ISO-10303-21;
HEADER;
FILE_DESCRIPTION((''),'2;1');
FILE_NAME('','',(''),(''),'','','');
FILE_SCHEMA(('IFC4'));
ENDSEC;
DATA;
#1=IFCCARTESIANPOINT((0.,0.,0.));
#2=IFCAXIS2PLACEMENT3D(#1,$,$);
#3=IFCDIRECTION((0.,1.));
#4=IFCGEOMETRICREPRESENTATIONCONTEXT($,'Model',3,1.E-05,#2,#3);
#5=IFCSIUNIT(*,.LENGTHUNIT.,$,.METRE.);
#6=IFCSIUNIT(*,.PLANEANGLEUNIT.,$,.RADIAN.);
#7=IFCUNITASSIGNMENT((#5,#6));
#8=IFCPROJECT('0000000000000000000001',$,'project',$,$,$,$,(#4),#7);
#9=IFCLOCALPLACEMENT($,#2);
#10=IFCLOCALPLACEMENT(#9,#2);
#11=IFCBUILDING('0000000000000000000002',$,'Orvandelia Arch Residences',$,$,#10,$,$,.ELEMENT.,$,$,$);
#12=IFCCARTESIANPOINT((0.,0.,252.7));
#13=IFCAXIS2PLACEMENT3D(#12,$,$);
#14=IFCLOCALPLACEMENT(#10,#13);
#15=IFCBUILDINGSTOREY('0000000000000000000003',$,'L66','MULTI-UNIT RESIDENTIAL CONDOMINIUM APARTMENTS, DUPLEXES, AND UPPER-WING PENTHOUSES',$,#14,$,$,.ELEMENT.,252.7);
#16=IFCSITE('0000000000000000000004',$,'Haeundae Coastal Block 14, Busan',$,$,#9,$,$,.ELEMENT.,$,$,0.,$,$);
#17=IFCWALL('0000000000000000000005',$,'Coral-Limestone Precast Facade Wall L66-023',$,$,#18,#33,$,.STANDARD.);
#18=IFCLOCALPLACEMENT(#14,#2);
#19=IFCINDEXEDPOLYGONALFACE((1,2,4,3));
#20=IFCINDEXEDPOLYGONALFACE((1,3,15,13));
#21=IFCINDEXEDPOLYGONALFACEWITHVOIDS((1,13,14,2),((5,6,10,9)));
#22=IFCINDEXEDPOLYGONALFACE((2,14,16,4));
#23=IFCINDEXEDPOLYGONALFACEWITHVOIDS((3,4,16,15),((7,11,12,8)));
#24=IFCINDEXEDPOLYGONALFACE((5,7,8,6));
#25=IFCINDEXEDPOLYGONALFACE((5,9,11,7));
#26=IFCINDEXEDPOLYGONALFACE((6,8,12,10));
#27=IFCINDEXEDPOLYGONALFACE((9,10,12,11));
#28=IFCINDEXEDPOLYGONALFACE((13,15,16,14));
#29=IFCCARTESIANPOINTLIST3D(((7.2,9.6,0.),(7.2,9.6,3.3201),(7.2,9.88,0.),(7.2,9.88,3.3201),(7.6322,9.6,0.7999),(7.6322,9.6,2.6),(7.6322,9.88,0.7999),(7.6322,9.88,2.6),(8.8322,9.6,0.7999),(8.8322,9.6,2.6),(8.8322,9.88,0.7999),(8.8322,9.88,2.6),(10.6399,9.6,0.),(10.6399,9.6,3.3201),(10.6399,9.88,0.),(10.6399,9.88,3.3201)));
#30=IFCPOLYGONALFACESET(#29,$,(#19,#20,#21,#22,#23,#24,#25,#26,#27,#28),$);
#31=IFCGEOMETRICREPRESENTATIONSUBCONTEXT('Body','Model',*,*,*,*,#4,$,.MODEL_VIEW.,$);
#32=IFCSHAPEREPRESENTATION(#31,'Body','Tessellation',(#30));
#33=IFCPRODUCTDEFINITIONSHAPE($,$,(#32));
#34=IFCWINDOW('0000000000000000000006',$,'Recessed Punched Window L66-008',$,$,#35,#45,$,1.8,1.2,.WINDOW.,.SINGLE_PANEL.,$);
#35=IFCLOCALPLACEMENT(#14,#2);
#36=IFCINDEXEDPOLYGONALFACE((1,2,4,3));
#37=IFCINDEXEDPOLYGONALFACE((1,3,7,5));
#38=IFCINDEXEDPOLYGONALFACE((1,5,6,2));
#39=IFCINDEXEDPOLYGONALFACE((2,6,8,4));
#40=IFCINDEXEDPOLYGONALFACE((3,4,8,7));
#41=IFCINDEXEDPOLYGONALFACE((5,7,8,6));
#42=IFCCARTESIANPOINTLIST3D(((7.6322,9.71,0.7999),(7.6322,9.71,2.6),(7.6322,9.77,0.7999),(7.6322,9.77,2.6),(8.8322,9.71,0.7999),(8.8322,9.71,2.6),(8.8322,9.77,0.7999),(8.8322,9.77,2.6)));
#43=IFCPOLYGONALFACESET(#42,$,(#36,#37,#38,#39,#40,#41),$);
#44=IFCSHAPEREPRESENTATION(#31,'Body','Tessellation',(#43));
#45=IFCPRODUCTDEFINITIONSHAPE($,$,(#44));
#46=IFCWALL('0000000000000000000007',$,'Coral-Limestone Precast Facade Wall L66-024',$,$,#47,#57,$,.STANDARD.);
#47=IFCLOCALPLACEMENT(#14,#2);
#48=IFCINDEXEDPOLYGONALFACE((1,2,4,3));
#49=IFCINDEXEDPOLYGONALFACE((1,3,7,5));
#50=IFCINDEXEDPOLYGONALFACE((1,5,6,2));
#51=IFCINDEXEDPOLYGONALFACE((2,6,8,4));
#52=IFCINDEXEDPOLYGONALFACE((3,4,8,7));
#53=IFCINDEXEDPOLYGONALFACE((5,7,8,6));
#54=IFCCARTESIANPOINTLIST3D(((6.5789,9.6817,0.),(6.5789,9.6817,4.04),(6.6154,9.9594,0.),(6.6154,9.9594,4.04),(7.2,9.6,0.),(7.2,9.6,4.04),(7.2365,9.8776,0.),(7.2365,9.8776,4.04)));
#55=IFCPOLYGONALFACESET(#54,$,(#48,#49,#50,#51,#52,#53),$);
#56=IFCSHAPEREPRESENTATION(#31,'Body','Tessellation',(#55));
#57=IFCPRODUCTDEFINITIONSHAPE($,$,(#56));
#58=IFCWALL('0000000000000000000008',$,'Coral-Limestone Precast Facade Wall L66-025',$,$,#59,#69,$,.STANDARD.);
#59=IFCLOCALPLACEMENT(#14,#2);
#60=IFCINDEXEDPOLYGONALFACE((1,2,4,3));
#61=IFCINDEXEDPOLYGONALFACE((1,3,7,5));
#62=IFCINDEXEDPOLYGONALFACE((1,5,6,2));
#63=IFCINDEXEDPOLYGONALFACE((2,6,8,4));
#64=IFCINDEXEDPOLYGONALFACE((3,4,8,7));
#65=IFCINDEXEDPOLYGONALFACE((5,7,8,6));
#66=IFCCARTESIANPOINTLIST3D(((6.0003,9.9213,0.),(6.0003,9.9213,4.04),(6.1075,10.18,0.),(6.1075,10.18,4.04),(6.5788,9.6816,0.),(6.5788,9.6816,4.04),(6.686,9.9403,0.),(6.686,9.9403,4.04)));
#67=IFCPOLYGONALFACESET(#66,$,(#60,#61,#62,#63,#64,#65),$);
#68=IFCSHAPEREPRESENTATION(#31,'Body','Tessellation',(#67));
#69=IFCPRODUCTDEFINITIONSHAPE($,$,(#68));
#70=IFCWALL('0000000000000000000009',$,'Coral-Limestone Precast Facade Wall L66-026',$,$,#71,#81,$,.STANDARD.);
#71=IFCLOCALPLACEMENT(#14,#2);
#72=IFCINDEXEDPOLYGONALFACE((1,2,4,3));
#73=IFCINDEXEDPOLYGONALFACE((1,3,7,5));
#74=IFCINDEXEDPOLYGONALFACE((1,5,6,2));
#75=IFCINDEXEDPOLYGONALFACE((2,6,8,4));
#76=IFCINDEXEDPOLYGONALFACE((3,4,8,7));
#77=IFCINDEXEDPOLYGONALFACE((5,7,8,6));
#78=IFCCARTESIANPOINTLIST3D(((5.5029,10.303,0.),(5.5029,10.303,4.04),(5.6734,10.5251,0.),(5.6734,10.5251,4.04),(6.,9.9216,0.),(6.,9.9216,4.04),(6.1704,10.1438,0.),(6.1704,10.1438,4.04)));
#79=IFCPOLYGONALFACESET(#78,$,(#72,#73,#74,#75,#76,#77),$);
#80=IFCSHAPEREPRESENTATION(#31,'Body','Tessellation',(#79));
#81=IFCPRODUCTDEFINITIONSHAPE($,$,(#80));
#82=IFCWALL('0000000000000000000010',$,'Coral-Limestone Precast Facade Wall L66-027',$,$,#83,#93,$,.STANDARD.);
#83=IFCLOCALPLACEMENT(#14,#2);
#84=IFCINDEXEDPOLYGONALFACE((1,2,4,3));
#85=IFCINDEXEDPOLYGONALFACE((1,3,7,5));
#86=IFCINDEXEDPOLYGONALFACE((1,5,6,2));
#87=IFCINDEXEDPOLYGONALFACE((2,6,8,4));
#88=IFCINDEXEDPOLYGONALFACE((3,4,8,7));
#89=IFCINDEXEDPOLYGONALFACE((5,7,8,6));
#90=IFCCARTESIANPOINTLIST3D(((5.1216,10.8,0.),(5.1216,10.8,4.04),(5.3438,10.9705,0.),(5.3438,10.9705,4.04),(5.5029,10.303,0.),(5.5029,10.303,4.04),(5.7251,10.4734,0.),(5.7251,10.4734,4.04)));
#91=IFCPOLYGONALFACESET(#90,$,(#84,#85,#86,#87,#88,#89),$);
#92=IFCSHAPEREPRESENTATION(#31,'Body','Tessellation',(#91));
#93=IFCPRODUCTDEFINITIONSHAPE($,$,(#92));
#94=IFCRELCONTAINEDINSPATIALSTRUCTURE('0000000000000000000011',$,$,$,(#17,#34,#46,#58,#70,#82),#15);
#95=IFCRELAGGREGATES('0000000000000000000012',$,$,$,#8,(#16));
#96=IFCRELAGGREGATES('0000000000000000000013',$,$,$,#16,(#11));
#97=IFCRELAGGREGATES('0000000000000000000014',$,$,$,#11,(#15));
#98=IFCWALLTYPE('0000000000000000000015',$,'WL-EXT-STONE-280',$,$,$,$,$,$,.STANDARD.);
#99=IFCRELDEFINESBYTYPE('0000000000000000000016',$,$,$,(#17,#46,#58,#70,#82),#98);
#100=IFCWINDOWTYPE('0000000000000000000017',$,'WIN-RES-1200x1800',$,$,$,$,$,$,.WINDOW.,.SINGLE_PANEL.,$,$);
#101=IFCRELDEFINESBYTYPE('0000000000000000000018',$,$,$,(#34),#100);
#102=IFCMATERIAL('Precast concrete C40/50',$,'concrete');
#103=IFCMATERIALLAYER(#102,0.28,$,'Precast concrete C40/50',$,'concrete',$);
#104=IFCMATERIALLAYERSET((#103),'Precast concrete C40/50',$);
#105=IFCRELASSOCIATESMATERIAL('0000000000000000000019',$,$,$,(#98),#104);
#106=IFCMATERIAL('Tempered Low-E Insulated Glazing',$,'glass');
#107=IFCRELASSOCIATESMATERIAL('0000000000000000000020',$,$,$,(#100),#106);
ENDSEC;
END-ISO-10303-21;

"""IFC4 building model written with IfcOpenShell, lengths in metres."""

from ifc_helpers import new_model, si_unit, direction, frame, frame_2d, origin, place, context, subcontext, project, spatial, rectangle, extrude, material, layer, layer_set, type_object, element, fill, save


model = new_model("IFC4")

# Units and contexts
model_context = context("Model", 3, precision=1e-05, world=origin(), true_north=direction((0.0, 1.0)))
body_context = subcontext(model_context, "Body", "Model", "MODEL_VIEW")
ifc_project = project(units=[si_unit("LENGTHUNIT", "METRE"), si_unit("PLANEANGLEUNIT", "RADIAN")], contexts=[model_context])

# Site, building, storey
site_placement = place(None, origin())
site = spatial("IfcSite", under=ifc_project, at=site_placement, Name="Haeundae Coastal Block 14, Busan", CompositionType="ELEMENT", RefElevation=0.0)
building_placement = place(site_placement, origin())
building = spatial("IfcBuilding", under=site, at=building_placement, Name="Orvandelia Arch Residences", CompositionType="ELEMENT")
storey_placement = place(building_placement, frame((0.0, 0.0, 252.7)))
storey = spatial("IfcBuildingStorey", under=building, at=storey_placement, Name="L66", Description="MULTI-UNIT RESIDENTIAL CONDOMINIUM APARTMENTS, DUPLEXES, AND UPPER-WING PENTHOUSES", CompositionType="ELEMENT", Elevation=252.7)

# Shared definitions
ifc_material_1 = material(Name="Precast concrete C40/50", Category="concrete")

# Wall, opening, window
ifc_layer_1 = layer(ifc_material_1, 0.28, Name="Precast concrete C40/50", Category="concrete")
ifc_layer_set_1 = layer_set([ifc_layer_1], Name="Precast concrete C40/50")
wall_type = type_object("IfcWallType", Name="WL-EXT-STONE-280", PredefinedType="STANDARD", material=ifc_layer_set_1)
wall_1_placement = place(storey_placement, frame((10.6399, 9.74, 0.0), z_axis=(0.0, 0.0, 1.0), x_axis=(-1.0, 0.0, 0.0)))
wall_1 = element("IfcWall", 1, at=wall_1_placement, inside=storey, type_object=wall_type, Name="Coral-Limestone Precast Facade Wall L66-023", PredefinedType="STANDARD", context=body_context, shape_type="SweptSolid", body=[
    extrude(rectangle(XDim=3.4399, YDim=0.28, at=frame_2d((1.72, 0.0))), origin(), (0.0, 0.0, 1.0), 3.3201),
])
opening_placement = place(wall_1_placement, frame((1.8076, 0.0, 0.8)))
opening = element("IfcOpeningElement", 2, at=opening_placement, cuts=wall_1, PredefinedType="OPENING", context=body_context, shape_type="SweptSolid", body=[
    extrude(rectangle(XDim=1.2, YDim=1.8, at=frame_2d((0.6001, 0.8999))), frame((0.0, 0.1499, 0.0), z_axis=(0.0, -1.0, 0.0), x_axis=(1.0, 0.0, 0.0)), (0.0, 0.0, 1.0), 0.3),
])
ifc_material_2 = material(Name="Tempered Low-E Insulated Glazing", Category="glass")
window_type = type_object("IfcWindowType", Name="WIN-RES-1200x1800", PartitioningType="SINGLE_PANEL", PredefinedType="WINDOW", material=ifc_material_2)
window_placement = place(opening_placement, origin())
window = element("IfcWindow", 3, at=window_placement, inside=storey, type_object=window_type, Name="Recessed Punched Window L66-008", OverallHeight=1.8, OverallWidth=1.2, PartitioningType="SINGLE_PANEL", PredefinedType="WINDOW", context=body_context, shape_type="SweptSolid", body=[
    extrude(rectangle(XDim=1.2, YDim=1.8, at=frame_2d((0.6001, 0.8999))), frame((0.0, 0.03, 0.0), z_axis=(0.0, -1.0, 0.0), x_axis=(1.0, 0.0, 0.0)), (0.0, 0.0, 1.0), 0.0601),
])
fill(opening, window)

# Walls
wall_2_placement = place(storey_placement, frame((7.2183, 9.7388, 0.0), z_axis=(0.0, 0.0, 1.0), x_axis=(-0.991441, 0.130555, 0.0)))
element("IfcWall", 4, at=wall_2_placement, inside=storey, type_object=wall_type, Name="Coral-Limestone Precast Facade Wall L66-024", PredefinedType="STANDARD", context=body_context, shape_type="SweptSolid", body=[
    extrude(rectangle(XDim=0.6265, YDim=0.28, at=frame_2d((0.3132, 0.0))), origin(), (0.0, 0.0, 1.0), 4.04),
])
wall_3_placement = place(storey_placement, frame((6.6323, 9.811, 0.0), z_axis=(0.0, 0.0, 1.0), x_axis=(-0.923836, 0.382788, 0.0)))
element("IfcWall", 5, at=wall_3_placement, inside=storey, type_object=wall_type, Name="Coral-Limestone Precast Facade Wall L66-025", PredefinedType="STANDARD", context=body_context, shape_type="SweptSolid", body=[
    extrude(rectangle(XDim=0.6262, YDim=0.28, at=frame_2d((0.313, 0.0))), origin(), (0.0, 0.0, 1.0), 4.04),
])
for number, where, z_axis, x_axis, name in (
    (6, (6.0852, 10.0327, 0.0), (0.0, 0.0, 1.0), (-0.793406, 0.608693, 0.0), "Coral-Limestone Precast Facade Wall L66-026"),
    (7, (5.614, 10.3882, 0.0), (0.0, 0.0, 1.0), (-0.608693, 0.793406, 0.0), "Coral-Limestone Precast Facade Wall L66-027"),
):
    element("IfcWall", number, at=place(storey_placement, frame(where, z_axis=z_axis, x_axis=x_axis)), inside=storey, type_object=wall_type, Name=name, PredefinedType="STANDARD", context=body_context, shape_type="SweptSolid", body=[
        extrude(rectangle(XDim=0.6265, YDim=0.28, at=frame_2d((0.3132, 0.0))), origin(), (0.0, 0.0, 1.0), 4.04),
    ])

save(model, "model.ifc")
